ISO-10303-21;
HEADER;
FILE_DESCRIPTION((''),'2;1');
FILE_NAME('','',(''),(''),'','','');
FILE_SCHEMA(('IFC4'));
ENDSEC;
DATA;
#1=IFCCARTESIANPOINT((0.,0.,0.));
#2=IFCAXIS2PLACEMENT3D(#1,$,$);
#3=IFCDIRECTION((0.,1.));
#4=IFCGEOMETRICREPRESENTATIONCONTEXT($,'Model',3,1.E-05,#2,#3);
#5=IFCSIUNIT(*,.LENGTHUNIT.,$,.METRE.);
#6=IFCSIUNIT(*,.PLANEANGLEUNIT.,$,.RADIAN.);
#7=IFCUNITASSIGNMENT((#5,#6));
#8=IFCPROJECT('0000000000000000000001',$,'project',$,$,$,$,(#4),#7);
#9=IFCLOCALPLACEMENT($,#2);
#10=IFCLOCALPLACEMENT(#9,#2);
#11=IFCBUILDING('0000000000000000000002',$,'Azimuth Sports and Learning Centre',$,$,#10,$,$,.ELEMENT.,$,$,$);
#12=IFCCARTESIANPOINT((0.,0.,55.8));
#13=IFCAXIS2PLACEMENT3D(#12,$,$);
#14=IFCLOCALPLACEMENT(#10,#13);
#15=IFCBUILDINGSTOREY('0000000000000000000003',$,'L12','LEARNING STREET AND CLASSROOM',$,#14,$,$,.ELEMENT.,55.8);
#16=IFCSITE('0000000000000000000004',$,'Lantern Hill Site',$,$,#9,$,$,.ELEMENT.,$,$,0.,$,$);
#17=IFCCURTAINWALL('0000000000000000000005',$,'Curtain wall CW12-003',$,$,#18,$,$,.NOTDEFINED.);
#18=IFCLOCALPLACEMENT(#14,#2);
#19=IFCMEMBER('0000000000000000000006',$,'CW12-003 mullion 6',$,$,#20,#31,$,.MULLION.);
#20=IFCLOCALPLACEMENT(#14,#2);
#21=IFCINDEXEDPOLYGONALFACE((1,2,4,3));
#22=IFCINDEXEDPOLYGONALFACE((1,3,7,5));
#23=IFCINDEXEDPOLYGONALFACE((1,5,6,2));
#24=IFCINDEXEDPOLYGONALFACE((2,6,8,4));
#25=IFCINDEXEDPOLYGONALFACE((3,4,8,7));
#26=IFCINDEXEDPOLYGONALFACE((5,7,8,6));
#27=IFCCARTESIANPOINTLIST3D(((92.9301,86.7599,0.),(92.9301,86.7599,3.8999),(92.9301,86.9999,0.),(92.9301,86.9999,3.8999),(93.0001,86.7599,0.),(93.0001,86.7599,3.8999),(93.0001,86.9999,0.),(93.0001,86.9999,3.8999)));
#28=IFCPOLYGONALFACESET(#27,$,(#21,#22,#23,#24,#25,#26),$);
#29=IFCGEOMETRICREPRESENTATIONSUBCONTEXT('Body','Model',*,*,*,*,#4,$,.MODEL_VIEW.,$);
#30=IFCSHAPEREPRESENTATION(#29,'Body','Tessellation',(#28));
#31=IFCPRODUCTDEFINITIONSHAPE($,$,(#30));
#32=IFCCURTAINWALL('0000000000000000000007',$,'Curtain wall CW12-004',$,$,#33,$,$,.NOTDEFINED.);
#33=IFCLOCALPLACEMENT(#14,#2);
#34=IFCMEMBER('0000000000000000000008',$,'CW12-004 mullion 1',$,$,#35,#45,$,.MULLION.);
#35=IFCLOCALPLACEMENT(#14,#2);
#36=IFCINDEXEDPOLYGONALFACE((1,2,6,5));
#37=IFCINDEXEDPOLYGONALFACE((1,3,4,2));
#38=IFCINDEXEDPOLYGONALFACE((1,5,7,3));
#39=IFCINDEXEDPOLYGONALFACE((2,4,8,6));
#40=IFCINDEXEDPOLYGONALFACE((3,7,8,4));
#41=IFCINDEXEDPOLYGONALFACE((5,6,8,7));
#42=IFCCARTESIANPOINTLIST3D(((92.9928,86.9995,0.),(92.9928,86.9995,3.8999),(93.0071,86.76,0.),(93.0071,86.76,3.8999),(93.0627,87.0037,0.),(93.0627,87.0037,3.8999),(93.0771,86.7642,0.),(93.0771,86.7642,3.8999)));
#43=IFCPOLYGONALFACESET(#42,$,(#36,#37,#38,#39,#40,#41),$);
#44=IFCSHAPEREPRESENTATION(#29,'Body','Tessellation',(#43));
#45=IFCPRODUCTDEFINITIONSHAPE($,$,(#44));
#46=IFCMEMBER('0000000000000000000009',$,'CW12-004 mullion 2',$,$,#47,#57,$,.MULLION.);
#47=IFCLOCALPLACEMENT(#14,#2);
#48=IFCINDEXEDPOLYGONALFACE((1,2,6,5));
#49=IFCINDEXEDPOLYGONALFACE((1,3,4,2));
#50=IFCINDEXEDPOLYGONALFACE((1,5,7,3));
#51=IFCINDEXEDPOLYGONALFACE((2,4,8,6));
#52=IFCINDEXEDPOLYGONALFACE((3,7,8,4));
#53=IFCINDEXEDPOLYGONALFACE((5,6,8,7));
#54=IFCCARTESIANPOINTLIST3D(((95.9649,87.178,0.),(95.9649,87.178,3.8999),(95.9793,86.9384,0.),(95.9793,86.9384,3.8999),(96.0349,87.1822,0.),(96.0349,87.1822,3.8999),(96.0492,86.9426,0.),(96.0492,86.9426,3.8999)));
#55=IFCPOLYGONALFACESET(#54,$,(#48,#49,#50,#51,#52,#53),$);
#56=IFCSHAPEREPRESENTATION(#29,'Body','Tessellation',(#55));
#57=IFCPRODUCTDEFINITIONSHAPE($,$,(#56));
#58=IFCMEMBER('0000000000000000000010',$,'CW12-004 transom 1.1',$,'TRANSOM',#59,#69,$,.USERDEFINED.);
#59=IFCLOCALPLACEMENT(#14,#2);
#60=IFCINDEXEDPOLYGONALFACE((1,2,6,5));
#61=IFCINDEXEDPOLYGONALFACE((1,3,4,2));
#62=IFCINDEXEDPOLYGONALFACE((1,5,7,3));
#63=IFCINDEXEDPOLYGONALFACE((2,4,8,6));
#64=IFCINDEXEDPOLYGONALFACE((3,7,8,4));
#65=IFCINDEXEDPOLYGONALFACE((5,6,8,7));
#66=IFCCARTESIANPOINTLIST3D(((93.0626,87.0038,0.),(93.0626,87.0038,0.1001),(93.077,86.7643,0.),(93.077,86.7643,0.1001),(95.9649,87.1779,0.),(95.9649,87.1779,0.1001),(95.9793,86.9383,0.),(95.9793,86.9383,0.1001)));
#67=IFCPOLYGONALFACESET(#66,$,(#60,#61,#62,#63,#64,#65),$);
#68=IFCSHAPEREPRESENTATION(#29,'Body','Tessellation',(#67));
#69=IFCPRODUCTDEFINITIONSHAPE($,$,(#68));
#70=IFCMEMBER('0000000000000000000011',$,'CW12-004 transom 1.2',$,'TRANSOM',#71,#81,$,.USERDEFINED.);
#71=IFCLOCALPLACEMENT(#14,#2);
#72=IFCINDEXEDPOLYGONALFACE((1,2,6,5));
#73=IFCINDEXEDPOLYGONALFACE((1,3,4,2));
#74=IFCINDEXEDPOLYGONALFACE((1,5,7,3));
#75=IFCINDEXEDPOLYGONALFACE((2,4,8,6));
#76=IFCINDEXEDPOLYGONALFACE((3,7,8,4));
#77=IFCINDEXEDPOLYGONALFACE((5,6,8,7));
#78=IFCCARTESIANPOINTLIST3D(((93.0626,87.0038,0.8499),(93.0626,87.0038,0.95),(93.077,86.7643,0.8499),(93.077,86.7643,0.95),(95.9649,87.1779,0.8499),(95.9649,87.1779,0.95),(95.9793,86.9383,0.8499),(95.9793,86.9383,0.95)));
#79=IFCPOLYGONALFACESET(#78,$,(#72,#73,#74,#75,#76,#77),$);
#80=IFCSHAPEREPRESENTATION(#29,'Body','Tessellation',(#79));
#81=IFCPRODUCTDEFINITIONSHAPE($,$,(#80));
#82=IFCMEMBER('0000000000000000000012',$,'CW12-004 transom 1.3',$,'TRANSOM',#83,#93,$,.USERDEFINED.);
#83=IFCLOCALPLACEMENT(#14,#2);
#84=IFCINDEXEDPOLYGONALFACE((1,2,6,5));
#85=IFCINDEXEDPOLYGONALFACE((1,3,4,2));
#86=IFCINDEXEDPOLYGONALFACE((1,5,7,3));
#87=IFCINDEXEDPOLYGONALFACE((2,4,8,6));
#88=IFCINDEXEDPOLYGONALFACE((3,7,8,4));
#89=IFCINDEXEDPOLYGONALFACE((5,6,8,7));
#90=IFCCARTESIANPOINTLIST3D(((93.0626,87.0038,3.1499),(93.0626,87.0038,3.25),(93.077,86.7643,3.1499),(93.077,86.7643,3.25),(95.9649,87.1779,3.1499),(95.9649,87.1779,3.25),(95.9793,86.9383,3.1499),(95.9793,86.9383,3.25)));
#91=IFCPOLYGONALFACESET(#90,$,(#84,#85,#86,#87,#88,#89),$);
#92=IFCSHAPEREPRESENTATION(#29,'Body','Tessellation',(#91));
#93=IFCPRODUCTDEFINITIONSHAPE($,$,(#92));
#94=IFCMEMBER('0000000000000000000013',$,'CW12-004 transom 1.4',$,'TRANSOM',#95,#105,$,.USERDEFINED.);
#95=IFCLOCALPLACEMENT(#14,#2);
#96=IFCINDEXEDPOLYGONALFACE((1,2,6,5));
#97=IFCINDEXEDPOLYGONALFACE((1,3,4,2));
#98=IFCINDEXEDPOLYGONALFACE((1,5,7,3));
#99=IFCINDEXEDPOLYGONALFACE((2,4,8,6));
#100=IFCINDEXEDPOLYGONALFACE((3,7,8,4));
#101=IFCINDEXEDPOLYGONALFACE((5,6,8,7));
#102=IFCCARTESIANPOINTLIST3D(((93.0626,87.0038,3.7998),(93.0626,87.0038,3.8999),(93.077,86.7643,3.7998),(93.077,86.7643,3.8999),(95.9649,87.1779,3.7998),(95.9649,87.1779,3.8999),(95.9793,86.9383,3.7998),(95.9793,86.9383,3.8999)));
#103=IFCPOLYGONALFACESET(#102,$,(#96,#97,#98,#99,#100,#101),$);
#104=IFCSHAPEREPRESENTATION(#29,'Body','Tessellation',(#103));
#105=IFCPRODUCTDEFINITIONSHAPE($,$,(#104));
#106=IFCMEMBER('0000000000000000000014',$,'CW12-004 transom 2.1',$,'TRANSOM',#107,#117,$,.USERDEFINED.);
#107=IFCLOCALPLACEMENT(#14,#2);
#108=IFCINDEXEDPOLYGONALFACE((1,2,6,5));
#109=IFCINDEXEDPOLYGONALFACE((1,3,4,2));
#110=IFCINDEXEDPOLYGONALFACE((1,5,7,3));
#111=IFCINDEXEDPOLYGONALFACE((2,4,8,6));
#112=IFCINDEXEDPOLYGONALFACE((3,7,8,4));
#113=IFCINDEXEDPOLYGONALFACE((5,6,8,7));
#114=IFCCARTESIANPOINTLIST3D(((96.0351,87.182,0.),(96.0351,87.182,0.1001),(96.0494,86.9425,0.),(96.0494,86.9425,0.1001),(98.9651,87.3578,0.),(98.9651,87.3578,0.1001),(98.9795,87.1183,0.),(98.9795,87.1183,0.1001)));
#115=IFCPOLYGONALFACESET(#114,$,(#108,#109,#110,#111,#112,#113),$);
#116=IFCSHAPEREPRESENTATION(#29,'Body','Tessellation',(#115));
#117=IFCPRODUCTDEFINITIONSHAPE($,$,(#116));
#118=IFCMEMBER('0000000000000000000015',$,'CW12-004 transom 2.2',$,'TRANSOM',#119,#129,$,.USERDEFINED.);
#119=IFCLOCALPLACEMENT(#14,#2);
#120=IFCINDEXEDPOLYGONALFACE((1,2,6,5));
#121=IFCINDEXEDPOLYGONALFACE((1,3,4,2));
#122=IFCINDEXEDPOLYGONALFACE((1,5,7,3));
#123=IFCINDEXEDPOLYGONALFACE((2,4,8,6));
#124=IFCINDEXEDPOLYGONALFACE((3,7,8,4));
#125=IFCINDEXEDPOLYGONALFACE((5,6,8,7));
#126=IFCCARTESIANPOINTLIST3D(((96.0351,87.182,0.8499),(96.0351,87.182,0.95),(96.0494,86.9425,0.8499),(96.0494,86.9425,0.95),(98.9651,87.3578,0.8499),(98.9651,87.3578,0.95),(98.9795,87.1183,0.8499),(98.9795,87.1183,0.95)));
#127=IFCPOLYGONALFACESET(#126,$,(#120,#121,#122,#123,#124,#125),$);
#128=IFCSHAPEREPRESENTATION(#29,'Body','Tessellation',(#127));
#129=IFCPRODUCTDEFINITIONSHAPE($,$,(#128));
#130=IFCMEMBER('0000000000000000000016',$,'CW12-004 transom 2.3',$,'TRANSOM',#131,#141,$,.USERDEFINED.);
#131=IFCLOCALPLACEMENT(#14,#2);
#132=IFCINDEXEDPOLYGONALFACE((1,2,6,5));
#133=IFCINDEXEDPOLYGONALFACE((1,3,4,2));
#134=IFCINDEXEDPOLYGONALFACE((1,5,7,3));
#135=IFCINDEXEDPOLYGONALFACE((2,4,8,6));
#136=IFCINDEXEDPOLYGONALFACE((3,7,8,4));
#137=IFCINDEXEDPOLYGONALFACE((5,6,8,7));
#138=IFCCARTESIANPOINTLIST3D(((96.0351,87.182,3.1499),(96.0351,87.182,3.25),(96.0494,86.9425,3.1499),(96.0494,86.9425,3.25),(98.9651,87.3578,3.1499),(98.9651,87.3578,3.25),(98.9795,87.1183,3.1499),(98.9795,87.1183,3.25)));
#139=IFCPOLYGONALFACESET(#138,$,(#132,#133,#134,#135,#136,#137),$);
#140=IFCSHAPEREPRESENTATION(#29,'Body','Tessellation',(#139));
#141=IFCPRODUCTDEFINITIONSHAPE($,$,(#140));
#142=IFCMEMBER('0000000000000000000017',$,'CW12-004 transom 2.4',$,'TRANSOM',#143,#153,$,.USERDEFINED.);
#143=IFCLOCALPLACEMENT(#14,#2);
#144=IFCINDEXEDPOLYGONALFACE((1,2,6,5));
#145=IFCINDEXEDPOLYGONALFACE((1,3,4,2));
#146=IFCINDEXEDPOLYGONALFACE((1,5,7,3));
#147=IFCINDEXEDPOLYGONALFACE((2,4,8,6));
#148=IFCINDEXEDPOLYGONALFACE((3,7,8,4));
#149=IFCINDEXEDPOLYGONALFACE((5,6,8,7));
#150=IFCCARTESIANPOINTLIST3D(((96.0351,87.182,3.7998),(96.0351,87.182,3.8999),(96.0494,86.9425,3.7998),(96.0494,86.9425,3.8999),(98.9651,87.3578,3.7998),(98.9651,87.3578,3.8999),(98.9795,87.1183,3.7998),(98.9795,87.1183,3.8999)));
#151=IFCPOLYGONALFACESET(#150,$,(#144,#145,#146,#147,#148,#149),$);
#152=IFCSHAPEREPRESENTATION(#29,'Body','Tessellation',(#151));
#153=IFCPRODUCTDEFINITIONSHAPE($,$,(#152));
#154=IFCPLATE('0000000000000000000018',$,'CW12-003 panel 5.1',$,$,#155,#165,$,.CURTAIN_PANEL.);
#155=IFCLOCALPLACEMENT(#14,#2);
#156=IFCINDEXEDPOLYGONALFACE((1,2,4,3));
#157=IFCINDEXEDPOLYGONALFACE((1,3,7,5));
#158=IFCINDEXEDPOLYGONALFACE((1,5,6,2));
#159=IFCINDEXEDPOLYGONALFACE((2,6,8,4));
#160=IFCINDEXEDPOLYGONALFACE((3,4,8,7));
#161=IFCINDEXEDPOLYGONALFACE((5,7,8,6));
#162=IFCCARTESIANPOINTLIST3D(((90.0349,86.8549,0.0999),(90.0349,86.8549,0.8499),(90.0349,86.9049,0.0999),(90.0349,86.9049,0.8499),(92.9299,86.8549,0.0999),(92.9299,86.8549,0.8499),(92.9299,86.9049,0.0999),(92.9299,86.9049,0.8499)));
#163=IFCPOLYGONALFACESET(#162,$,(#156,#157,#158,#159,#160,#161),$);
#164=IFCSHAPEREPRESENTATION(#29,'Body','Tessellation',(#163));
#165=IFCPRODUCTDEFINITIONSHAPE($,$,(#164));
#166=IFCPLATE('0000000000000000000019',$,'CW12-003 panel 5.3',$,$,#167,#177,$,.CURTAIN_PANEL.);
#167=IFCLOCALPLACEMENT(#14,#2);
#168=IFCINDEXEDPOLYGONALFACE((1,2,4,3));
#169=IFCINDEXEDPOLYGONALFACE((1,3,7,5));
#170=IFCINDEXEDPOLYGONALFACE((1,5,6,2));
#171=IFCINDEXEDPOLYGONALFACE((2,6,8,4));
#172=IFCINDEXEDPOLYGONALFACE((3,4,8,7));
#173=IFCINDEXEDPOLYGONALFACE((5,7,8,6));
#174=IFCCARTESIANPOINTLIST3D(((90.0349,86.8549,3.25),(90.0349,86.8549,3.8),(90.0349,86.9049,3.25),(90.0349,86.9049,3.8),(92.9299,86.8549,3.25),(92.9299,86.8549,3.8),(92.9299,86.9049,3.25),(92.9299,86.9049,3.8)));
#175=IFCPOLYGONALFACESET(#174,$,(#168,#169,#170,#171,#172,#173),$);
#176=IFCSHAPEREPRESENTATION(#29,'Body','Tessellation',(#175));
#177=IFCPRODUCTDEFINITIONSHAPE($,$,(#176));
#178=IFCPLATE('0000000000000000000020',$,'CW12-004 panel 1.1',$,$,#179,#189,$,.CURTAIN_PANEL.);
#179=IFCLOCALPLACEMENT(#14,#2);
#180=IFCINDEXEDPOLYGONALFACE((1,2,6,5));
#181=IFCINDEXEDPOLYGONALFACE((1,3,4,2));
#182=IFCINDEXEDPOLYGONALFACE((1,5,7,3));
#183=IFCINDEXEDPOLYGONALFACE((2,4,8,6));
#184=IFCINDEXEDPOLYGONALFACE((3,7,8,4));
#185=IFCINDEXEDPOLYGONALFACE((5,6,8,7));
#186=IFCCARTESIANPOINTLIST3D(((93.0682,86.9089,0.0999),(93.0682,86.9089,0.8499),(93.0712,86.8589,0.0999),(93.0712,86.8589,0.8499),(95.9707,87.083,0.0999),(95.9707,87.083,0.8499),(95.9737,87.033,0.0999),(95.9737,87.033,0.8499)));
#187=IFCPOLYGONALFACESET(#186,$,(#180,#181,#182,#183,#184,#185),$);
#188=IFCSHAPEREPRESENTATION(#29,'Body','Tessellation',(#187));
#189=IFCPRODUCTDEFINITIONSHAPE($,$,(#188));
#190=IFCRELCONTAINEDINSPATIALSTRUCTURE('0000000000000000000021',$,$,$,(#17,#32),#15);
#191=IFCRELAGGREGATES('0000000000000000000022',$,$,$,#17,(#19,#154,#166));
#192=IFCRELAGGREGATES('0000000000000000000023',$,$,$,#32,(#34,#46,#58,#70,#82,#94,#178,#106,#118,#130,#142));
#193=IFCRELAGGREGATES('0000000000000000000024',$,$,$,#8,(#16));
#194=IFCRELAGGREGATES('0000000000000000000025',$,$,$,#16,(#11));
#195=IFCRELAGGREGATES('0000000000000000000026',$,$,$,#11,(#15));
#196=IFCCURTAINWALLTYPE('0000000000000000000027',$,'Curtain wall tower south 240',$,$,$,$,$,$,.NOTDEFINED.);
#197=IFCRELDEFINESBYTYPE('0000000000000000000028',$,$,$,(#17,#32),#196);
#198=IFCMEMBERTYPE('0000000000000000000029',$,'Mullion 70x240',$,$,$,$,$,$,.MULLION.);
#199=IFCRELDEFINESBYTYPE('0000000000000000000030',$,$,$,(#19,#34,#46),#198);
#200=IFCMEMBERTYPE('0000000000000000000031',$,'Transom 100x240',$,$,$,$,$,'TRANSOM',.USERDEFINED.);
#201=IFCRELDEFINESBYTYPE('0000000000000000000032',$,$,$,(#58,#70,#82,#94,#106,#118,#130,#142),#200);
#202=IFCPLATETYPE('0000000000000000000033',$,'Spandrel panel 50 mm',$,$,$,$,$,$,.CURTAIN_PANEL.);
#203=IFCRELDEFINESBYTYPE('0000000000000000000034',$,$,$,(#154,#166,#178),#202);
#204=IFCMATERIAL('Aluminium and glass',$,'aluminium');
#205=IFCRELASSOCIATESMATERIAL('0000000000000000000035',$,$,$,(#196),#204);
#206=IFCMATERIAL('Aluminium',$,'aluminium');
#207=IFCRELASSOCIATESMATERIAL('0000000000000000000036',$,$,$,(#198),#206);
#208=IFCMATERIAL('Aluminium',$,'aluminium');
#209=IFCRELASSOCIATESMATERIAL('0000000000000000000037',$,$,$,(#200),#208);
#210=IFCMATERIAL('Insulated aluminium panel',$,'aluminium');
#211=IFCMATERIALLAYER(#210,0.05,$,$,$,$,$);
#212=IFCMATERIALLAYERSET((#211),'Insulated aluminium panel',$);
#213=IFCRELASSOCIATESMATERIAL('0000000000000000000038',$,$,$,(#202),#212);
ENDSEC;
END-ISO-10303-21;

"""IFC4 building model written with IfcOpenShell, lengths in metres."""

from ifc_helpers import new_model, si_unit, direction, frame, origin, origin_2d, place, context, subcontext, project, spatial, rectangle, extrude, material, layer, layer_set, material_profile, profile_set, type_object, element, aggregate, save


model = new_model("IFC4")

# Units and contexts
model_context = context("Model", 3, precision=1e-05, world=origin(), true_north=direction((0.0, 1.0)))
body_context = subcontext(model_context, "Body", "Model", "MODEL_VIEW")
ifc_project = project(units=[si_unit("LENGTHUNIT", "METRE"), si_unit("PLANEANGLEUNIT", "RADIAN")], contexts=[model_context])

# Site, building, storey
site_placement = place(None, origin())
site = spatial("IfcSite", under=ifc_project, at=site_placement, Name="Lantern Hill Site", CompositionType="ELEMENT", RefElevation=0.0)
building_placement = place(site_placement, origin())
building = spatial("IfcBuilding", under=site, at=building_placement, Name="Azimuth Sports and Learning Centre", CompositionType="ELEMENT")
storey_placement = place(building_placement, frame((0.0, 0.0, 55.8)))
storey = spatial("IfcBuildingStorey", under=building, at=storey_placement, Name="L12", Description="LEARNING STREET AND CLASSROOM", CompositionType="ELEMENT", Elevation=55.8)

# Curtain wall, member
ifc_material_1 = material(Name="Aluminium and glass", Category="aluminium")
curtain_wall_type = type_object("IfcCurtainWallType", Name="Curtain wall tower south 240", PredefinedType="NOTDEFINED", material=ifc_material_1)
curtain_wall_1_placement = place(storey_placement, origin())
curtain_wall_1 = element("IfcCurtainWall", 1, at=curtain_wall_1_placement, inside=storey, type_object=curtain_wall_type, Name="Curtain wall CW12-003", PredefinedType="NOTDEFINED")
ifc_material_2 = material(Name="Aluminium", Category="aluminium")
ifc_material_profile_1 = material_profile(ifc_material_2, rectangle(XDim=0.24, YDim=0.0701, at=origin_2d()), Name="Mullion 70x240")
ifc_profile_set_1 = profile_set([ifc_material_profile_1], Name="Aluminium")
member_type_1 = type_object("IfcMemberType", Name="Mullion 70x240", PredefinedType="MULLION", material=ifc_profile_set_1)
member_1_placement = place(storey_placement, frame((92.9651, 86.8799, 0.0), z_axis=(0.0, 0.0, 1.0), x_axis=(0.0, 1.0, 0.0)))
member_1 = element("IfcMember", 2, at=member_1_placement, type_object=member_type_1, Name="CW12-003 mullion 6", PredefinedType="MULLION", context=body_context, shape_type="SweptSolid", body=[
    extrude(rectangle(XDim=0.24, YDim=0.0701, at=origin_2d()), origin(), (0.0, 0.0, 1.0), 3.8999),
])

# Curtain wall, members
curtain_wall_2_placement = place(storey_placement, origin())
curtain_wall_2 = element("IfcCurtainWall", 3, at=curtain_wall_2_placement, inside=storey, type_object=curtain_wall_type, Name="Curtain wall CW12-004", PredefinedType="NOTDEFINED")
member_2_placement = place(storey_placement, frame((93.0349, 86.8818, 0.0), z_axis=(0.0, 0.0, 1.0), x_axis=(-0.059892, 0.998205, 0.0)))
member_2 = element("IfcMember", 4, at=member_2_placement, type_object=member_type_1, Name="CW12-004 mullion 1", PredefinedType="MULLION", context=body_context, shape_type="SweptSolid", body=[
    extrude(rectangle(XDim=0.24, YDim=0.0701, at=origin_2d()), origin(), (0.0, 0.0, 1.0), 3.8999),
])
member_3_placement = place(storey_placement, frame((96.0071, 87.0603, 0.0), z_axis=(0.0, 0.0, 1.0), x_axis=(-0.059892, 0.998205, 0.0)))
member_3 = element("IfcMember", 5, at=member_3_placement, type_object=member_type_1, Name="CW12-004 mullion 2", PredefinedType="MULLION", context=body_context, shape_type="SweptSolid", body=[
    extrude(rectangle(XDim=0.24, YDim=0.0701, at=origin_2d()), origin(), (0.0, 0.0, 1.0), 3.8999),
])
ifc_material_3 = material(Name="Aluminium", Category="aluminium")
ifc_material_profile_2 = material_profile(ifc_material_3, rectangle(XDim=0.24, YDim=0.1001, at=origin_2d()), Name="Transom 100x240")
ifc_profile_set_2 = profile_set([ifc_material_profile_2], Name="Aluminium")
member_type_2 = type_object("IfcMemberType", Name="Transom 100x240", ElementType="TRANSOM", PredefinedType="USERDEFINED", material=ifc_profile_set_2)
member_4_placement = place(storey_placement, frame((93.0698, 86.884, 0.05), z_axis=(0.998206, 0.059869, 0.0), x_axis=(-0.059869, 0.998206, 0.0)))
member_4 = element("IfcMember", 6, at=member_4_placement, type_object=member_type_2, Name="CW12-004 transom 1.1", ObjectType="TRANSOM", PredefinedType="USERDEFINED", context=body_context, shape_type="SweptSolid", body=[
    extrude(rectangle(XDim=0.24, YDim=0.1001, at=origin_2d()), origin(), (0.0, 0.0, 1.0), 2.9075),
])
member_5_placement = place(storey_placement, frame((93.0698, 86.884, 0.8999), z_axis=(0.998206, 0.059869, 0.0), x_axis=(-0.059869, 0.998206, 0.0)))
member_5 = element("IfcMember", 7, at=member_5_placement, type_object=member_type_2, Name="CW12-004 transom 1.2", ObjectType="TRANSOM", PredefinedType="USERDEFINED", context=body_context, shape_type="SweptSolid", body=[
    extrude(rectangle(XDim=0.24, YDim=0.1001, at=origin_2d()), origin(), (0.0, 0.0, 1.0), 2.9075),
])
member_6_placement = place(storey_placement, frame((93.0698, 86.884, 3.2), z_axis=(0.998206, 0.059869, 0.0), x_axis=(-0.059869, 0.998206, 0.0)))
member_6 = element("IfcMember", 8, at=member_6_placement, type_object=member_type_2, Name="CW12-004 transom 1.3", ObjectType="TRANSOM", PredefinedType="USERDEFINED", context=body_context, shape_type="SweptSolid", body=[
    extrude(rectangle(XDim=0.24, YDim=0.1001, at=origin_2d()), origin(), (0.0, 0.0, 1.0), 2.9075),
])
member_7_placement = place(storey_placement, frame((93.0698, 86.884, 3.8499), z_axis=(0.998206, 0.059869, 0.0), x_axis=(-0.059869, 0.998206, 0.0)))
member_7 = element("IfcMember", 9, at=member_7_placement, type_object=member_type_2, Name="CW12-004 transom 1.4", ObjectType="TRANSOM", PredefinedType="USERDEFINED", context=body_context, shape_type="SweptSolid", body=[
    extrude(rectangle(XDim=0.24, YDim=0.1001, at=origin_2d()), origin(), (0.0, 0.0, 1.0), 2.9075),
])
member_8_placement = place(storey_placement, frame((96.0422, 87.0623, 0.05), z_axis=(0.998205, 0.059887, 0.0), x_axis=(-0.059887, 0.998205, 0.0)))
member_8 = element("IfcMember", 10, at=member_8_placement, type_object=member_type_2, Name="CW12-004 transom 2.1", ObjectType="TRANSOM", PredefinedType="USERDEFINED", context=body_context, shape_type="SweptSolid", body=[
    extrude(rectangle(XDim=0.24, YDim=0.1001, at=origin_2d()), origin(), (0.0, 0.0, 1.0), 2.9353),
])
member_9_placement = place(storey_placement, frame((96.0422, 87.0623, 0.8999), z_axis=(0.998205, 0.059887, 0.0), x_axis=(-0.059887, 0.998205, 0.0)))
member_9 = element("IfcMember", 11, at=member_9_placement, type_object=member_type_2, Name="CW12-004 transom 2.2", ObjectType="TRANSOM", PredefinedType="USERDEFINED", context=body_context, shape_type="SweptSolid", body=[
    extrude(rectangle(XDim=0.24, YDim=0.1001, at=origin_2d()), origin(), (0.0, 0.0, 1.0), 2.9353),
])
member_10_placement = place(storey_placement, frame((96.0422, 87.0623, 3.2), z_axis=(0.998205, 0.059887, 0.0), x_axis=(-0.059887, 0.998205, 0.0)))
member_10 = element("IfcMember", 12, at=member_10_placement, type_object=member_type_2, Name="CW12-004 transom 2.3", ObjectType="TRANSOM", PredefinedType="USERDEFINED", context=body_context, shape_type="SweptSolid", body=[
    extrude(rectangle(XDim=0.24, YDim=0.1001, at=origin_2d()), origin(), (0.0, 0.0, 1.0), 2.9353),
])
member_11_placement = place(storey_placement, frame((96.0422, 87.0623, 3.8499), z_axis=(0.998205, 0.059887, 0.0), x_axis=(-0.059887, 0.998205, 0.0)))
member_11 = element("IfcMember", 13, at=member_11_placement, type_object=member_type_2, Name="CW12-004 transom 2.4", ObjectType="TRANSOM", PredefinedType="USERDEFINED", context=body_context, shape_type="SweptSolid", body=[
    extrude(rectangle(XDim=0.24, YDim=0.1001, at=origin_2d()), origin(), (0.0, 0.0, 1.0), 2.9353),
])

# Plates
ifc_material_4 = material(Name="Insulated aluminium panel", Category="aluminium")
ifc_layer_1 = layer(ifc_material_4, 0.05)
ifc_layer_set_1 = layer_set([ifc_layer_1], Name="Insulated aluminium panel")
plate_type_1 = type_object("IfcPlateType", Name="Spandrel panel 50 mm", PredefinedType="CURTAIN_PANEL", material=ifc_layer_set_1)
plate_1_placement = place(storey_placement, frame((91.4824, 86.8799, 0.0999), z_axis=(0.0, 0.0, 1.0), x_axis=(1.0, 0.0, 0.0)))
plate_1 = element("IfcPlate", 14, at=plate_1_placement, type_object=plate_type_1, Name="CW12-003 panel 5.1", PredefinedType="CURTAIN_PANEL", context=body_context, shape_type="SweptSolid", body=[
    extrude(rectangle(XDim=2.895, YDim=0.05, at=origin_2d()), origin(), (0.0, 0.0, 1.0), 0.75),
])
plate_2_placement = place(storey_placement, frame((91.4824, 86.8799, 3.25), z_axis=(0.0, 0.0, 1.0), x_axis=(1.0, 0.0, 0.0)))
plate_2 = element("IfcPlate", 15, at=plate_2_placement, type_object=plate_type_1, Name="CW12-003 panel 5.3", PredefinedType="CURTAIN_PANEL", context=body_context, shape_type="SweptSolid", body=[
    extrude(rectangle(XDim=2.895, YDim=0.05, at=origin_2d()), origin(), (0.0, 0.0, 1.0), 0.55),
])
plate_3_placement = place(storey_placement, frame((94.521, 86.9709, 0.0999), z_axis=(0.0, 0.0, 1.0), x_axis=(0.998205, 0.059892, 0.0)))
plate_3 = element("IfcPlate", 16, at=plate_3_placement, type_object=plate_type_1, Name="CW12-004 panel 1.1", PredefinedType="CURTAIN_PANEL", context=body_context, shape_type="SweptSolid", body=[
    extrude(rectangle(XDim=2.9077, YDim=0.05, at=origin_2d()), origin(), (0.0, 0.0, 1.0), 0.75),
])
aggregate(curtain_wall_1, [member_1, plate_1, plate_2])
aggregate(curtain_wall_2, [member_2, member_3, member_4, member_5, member_6, member_7, plate_3, member_8, member_9, member_10, member_11])

save(model, "model.ifc")
